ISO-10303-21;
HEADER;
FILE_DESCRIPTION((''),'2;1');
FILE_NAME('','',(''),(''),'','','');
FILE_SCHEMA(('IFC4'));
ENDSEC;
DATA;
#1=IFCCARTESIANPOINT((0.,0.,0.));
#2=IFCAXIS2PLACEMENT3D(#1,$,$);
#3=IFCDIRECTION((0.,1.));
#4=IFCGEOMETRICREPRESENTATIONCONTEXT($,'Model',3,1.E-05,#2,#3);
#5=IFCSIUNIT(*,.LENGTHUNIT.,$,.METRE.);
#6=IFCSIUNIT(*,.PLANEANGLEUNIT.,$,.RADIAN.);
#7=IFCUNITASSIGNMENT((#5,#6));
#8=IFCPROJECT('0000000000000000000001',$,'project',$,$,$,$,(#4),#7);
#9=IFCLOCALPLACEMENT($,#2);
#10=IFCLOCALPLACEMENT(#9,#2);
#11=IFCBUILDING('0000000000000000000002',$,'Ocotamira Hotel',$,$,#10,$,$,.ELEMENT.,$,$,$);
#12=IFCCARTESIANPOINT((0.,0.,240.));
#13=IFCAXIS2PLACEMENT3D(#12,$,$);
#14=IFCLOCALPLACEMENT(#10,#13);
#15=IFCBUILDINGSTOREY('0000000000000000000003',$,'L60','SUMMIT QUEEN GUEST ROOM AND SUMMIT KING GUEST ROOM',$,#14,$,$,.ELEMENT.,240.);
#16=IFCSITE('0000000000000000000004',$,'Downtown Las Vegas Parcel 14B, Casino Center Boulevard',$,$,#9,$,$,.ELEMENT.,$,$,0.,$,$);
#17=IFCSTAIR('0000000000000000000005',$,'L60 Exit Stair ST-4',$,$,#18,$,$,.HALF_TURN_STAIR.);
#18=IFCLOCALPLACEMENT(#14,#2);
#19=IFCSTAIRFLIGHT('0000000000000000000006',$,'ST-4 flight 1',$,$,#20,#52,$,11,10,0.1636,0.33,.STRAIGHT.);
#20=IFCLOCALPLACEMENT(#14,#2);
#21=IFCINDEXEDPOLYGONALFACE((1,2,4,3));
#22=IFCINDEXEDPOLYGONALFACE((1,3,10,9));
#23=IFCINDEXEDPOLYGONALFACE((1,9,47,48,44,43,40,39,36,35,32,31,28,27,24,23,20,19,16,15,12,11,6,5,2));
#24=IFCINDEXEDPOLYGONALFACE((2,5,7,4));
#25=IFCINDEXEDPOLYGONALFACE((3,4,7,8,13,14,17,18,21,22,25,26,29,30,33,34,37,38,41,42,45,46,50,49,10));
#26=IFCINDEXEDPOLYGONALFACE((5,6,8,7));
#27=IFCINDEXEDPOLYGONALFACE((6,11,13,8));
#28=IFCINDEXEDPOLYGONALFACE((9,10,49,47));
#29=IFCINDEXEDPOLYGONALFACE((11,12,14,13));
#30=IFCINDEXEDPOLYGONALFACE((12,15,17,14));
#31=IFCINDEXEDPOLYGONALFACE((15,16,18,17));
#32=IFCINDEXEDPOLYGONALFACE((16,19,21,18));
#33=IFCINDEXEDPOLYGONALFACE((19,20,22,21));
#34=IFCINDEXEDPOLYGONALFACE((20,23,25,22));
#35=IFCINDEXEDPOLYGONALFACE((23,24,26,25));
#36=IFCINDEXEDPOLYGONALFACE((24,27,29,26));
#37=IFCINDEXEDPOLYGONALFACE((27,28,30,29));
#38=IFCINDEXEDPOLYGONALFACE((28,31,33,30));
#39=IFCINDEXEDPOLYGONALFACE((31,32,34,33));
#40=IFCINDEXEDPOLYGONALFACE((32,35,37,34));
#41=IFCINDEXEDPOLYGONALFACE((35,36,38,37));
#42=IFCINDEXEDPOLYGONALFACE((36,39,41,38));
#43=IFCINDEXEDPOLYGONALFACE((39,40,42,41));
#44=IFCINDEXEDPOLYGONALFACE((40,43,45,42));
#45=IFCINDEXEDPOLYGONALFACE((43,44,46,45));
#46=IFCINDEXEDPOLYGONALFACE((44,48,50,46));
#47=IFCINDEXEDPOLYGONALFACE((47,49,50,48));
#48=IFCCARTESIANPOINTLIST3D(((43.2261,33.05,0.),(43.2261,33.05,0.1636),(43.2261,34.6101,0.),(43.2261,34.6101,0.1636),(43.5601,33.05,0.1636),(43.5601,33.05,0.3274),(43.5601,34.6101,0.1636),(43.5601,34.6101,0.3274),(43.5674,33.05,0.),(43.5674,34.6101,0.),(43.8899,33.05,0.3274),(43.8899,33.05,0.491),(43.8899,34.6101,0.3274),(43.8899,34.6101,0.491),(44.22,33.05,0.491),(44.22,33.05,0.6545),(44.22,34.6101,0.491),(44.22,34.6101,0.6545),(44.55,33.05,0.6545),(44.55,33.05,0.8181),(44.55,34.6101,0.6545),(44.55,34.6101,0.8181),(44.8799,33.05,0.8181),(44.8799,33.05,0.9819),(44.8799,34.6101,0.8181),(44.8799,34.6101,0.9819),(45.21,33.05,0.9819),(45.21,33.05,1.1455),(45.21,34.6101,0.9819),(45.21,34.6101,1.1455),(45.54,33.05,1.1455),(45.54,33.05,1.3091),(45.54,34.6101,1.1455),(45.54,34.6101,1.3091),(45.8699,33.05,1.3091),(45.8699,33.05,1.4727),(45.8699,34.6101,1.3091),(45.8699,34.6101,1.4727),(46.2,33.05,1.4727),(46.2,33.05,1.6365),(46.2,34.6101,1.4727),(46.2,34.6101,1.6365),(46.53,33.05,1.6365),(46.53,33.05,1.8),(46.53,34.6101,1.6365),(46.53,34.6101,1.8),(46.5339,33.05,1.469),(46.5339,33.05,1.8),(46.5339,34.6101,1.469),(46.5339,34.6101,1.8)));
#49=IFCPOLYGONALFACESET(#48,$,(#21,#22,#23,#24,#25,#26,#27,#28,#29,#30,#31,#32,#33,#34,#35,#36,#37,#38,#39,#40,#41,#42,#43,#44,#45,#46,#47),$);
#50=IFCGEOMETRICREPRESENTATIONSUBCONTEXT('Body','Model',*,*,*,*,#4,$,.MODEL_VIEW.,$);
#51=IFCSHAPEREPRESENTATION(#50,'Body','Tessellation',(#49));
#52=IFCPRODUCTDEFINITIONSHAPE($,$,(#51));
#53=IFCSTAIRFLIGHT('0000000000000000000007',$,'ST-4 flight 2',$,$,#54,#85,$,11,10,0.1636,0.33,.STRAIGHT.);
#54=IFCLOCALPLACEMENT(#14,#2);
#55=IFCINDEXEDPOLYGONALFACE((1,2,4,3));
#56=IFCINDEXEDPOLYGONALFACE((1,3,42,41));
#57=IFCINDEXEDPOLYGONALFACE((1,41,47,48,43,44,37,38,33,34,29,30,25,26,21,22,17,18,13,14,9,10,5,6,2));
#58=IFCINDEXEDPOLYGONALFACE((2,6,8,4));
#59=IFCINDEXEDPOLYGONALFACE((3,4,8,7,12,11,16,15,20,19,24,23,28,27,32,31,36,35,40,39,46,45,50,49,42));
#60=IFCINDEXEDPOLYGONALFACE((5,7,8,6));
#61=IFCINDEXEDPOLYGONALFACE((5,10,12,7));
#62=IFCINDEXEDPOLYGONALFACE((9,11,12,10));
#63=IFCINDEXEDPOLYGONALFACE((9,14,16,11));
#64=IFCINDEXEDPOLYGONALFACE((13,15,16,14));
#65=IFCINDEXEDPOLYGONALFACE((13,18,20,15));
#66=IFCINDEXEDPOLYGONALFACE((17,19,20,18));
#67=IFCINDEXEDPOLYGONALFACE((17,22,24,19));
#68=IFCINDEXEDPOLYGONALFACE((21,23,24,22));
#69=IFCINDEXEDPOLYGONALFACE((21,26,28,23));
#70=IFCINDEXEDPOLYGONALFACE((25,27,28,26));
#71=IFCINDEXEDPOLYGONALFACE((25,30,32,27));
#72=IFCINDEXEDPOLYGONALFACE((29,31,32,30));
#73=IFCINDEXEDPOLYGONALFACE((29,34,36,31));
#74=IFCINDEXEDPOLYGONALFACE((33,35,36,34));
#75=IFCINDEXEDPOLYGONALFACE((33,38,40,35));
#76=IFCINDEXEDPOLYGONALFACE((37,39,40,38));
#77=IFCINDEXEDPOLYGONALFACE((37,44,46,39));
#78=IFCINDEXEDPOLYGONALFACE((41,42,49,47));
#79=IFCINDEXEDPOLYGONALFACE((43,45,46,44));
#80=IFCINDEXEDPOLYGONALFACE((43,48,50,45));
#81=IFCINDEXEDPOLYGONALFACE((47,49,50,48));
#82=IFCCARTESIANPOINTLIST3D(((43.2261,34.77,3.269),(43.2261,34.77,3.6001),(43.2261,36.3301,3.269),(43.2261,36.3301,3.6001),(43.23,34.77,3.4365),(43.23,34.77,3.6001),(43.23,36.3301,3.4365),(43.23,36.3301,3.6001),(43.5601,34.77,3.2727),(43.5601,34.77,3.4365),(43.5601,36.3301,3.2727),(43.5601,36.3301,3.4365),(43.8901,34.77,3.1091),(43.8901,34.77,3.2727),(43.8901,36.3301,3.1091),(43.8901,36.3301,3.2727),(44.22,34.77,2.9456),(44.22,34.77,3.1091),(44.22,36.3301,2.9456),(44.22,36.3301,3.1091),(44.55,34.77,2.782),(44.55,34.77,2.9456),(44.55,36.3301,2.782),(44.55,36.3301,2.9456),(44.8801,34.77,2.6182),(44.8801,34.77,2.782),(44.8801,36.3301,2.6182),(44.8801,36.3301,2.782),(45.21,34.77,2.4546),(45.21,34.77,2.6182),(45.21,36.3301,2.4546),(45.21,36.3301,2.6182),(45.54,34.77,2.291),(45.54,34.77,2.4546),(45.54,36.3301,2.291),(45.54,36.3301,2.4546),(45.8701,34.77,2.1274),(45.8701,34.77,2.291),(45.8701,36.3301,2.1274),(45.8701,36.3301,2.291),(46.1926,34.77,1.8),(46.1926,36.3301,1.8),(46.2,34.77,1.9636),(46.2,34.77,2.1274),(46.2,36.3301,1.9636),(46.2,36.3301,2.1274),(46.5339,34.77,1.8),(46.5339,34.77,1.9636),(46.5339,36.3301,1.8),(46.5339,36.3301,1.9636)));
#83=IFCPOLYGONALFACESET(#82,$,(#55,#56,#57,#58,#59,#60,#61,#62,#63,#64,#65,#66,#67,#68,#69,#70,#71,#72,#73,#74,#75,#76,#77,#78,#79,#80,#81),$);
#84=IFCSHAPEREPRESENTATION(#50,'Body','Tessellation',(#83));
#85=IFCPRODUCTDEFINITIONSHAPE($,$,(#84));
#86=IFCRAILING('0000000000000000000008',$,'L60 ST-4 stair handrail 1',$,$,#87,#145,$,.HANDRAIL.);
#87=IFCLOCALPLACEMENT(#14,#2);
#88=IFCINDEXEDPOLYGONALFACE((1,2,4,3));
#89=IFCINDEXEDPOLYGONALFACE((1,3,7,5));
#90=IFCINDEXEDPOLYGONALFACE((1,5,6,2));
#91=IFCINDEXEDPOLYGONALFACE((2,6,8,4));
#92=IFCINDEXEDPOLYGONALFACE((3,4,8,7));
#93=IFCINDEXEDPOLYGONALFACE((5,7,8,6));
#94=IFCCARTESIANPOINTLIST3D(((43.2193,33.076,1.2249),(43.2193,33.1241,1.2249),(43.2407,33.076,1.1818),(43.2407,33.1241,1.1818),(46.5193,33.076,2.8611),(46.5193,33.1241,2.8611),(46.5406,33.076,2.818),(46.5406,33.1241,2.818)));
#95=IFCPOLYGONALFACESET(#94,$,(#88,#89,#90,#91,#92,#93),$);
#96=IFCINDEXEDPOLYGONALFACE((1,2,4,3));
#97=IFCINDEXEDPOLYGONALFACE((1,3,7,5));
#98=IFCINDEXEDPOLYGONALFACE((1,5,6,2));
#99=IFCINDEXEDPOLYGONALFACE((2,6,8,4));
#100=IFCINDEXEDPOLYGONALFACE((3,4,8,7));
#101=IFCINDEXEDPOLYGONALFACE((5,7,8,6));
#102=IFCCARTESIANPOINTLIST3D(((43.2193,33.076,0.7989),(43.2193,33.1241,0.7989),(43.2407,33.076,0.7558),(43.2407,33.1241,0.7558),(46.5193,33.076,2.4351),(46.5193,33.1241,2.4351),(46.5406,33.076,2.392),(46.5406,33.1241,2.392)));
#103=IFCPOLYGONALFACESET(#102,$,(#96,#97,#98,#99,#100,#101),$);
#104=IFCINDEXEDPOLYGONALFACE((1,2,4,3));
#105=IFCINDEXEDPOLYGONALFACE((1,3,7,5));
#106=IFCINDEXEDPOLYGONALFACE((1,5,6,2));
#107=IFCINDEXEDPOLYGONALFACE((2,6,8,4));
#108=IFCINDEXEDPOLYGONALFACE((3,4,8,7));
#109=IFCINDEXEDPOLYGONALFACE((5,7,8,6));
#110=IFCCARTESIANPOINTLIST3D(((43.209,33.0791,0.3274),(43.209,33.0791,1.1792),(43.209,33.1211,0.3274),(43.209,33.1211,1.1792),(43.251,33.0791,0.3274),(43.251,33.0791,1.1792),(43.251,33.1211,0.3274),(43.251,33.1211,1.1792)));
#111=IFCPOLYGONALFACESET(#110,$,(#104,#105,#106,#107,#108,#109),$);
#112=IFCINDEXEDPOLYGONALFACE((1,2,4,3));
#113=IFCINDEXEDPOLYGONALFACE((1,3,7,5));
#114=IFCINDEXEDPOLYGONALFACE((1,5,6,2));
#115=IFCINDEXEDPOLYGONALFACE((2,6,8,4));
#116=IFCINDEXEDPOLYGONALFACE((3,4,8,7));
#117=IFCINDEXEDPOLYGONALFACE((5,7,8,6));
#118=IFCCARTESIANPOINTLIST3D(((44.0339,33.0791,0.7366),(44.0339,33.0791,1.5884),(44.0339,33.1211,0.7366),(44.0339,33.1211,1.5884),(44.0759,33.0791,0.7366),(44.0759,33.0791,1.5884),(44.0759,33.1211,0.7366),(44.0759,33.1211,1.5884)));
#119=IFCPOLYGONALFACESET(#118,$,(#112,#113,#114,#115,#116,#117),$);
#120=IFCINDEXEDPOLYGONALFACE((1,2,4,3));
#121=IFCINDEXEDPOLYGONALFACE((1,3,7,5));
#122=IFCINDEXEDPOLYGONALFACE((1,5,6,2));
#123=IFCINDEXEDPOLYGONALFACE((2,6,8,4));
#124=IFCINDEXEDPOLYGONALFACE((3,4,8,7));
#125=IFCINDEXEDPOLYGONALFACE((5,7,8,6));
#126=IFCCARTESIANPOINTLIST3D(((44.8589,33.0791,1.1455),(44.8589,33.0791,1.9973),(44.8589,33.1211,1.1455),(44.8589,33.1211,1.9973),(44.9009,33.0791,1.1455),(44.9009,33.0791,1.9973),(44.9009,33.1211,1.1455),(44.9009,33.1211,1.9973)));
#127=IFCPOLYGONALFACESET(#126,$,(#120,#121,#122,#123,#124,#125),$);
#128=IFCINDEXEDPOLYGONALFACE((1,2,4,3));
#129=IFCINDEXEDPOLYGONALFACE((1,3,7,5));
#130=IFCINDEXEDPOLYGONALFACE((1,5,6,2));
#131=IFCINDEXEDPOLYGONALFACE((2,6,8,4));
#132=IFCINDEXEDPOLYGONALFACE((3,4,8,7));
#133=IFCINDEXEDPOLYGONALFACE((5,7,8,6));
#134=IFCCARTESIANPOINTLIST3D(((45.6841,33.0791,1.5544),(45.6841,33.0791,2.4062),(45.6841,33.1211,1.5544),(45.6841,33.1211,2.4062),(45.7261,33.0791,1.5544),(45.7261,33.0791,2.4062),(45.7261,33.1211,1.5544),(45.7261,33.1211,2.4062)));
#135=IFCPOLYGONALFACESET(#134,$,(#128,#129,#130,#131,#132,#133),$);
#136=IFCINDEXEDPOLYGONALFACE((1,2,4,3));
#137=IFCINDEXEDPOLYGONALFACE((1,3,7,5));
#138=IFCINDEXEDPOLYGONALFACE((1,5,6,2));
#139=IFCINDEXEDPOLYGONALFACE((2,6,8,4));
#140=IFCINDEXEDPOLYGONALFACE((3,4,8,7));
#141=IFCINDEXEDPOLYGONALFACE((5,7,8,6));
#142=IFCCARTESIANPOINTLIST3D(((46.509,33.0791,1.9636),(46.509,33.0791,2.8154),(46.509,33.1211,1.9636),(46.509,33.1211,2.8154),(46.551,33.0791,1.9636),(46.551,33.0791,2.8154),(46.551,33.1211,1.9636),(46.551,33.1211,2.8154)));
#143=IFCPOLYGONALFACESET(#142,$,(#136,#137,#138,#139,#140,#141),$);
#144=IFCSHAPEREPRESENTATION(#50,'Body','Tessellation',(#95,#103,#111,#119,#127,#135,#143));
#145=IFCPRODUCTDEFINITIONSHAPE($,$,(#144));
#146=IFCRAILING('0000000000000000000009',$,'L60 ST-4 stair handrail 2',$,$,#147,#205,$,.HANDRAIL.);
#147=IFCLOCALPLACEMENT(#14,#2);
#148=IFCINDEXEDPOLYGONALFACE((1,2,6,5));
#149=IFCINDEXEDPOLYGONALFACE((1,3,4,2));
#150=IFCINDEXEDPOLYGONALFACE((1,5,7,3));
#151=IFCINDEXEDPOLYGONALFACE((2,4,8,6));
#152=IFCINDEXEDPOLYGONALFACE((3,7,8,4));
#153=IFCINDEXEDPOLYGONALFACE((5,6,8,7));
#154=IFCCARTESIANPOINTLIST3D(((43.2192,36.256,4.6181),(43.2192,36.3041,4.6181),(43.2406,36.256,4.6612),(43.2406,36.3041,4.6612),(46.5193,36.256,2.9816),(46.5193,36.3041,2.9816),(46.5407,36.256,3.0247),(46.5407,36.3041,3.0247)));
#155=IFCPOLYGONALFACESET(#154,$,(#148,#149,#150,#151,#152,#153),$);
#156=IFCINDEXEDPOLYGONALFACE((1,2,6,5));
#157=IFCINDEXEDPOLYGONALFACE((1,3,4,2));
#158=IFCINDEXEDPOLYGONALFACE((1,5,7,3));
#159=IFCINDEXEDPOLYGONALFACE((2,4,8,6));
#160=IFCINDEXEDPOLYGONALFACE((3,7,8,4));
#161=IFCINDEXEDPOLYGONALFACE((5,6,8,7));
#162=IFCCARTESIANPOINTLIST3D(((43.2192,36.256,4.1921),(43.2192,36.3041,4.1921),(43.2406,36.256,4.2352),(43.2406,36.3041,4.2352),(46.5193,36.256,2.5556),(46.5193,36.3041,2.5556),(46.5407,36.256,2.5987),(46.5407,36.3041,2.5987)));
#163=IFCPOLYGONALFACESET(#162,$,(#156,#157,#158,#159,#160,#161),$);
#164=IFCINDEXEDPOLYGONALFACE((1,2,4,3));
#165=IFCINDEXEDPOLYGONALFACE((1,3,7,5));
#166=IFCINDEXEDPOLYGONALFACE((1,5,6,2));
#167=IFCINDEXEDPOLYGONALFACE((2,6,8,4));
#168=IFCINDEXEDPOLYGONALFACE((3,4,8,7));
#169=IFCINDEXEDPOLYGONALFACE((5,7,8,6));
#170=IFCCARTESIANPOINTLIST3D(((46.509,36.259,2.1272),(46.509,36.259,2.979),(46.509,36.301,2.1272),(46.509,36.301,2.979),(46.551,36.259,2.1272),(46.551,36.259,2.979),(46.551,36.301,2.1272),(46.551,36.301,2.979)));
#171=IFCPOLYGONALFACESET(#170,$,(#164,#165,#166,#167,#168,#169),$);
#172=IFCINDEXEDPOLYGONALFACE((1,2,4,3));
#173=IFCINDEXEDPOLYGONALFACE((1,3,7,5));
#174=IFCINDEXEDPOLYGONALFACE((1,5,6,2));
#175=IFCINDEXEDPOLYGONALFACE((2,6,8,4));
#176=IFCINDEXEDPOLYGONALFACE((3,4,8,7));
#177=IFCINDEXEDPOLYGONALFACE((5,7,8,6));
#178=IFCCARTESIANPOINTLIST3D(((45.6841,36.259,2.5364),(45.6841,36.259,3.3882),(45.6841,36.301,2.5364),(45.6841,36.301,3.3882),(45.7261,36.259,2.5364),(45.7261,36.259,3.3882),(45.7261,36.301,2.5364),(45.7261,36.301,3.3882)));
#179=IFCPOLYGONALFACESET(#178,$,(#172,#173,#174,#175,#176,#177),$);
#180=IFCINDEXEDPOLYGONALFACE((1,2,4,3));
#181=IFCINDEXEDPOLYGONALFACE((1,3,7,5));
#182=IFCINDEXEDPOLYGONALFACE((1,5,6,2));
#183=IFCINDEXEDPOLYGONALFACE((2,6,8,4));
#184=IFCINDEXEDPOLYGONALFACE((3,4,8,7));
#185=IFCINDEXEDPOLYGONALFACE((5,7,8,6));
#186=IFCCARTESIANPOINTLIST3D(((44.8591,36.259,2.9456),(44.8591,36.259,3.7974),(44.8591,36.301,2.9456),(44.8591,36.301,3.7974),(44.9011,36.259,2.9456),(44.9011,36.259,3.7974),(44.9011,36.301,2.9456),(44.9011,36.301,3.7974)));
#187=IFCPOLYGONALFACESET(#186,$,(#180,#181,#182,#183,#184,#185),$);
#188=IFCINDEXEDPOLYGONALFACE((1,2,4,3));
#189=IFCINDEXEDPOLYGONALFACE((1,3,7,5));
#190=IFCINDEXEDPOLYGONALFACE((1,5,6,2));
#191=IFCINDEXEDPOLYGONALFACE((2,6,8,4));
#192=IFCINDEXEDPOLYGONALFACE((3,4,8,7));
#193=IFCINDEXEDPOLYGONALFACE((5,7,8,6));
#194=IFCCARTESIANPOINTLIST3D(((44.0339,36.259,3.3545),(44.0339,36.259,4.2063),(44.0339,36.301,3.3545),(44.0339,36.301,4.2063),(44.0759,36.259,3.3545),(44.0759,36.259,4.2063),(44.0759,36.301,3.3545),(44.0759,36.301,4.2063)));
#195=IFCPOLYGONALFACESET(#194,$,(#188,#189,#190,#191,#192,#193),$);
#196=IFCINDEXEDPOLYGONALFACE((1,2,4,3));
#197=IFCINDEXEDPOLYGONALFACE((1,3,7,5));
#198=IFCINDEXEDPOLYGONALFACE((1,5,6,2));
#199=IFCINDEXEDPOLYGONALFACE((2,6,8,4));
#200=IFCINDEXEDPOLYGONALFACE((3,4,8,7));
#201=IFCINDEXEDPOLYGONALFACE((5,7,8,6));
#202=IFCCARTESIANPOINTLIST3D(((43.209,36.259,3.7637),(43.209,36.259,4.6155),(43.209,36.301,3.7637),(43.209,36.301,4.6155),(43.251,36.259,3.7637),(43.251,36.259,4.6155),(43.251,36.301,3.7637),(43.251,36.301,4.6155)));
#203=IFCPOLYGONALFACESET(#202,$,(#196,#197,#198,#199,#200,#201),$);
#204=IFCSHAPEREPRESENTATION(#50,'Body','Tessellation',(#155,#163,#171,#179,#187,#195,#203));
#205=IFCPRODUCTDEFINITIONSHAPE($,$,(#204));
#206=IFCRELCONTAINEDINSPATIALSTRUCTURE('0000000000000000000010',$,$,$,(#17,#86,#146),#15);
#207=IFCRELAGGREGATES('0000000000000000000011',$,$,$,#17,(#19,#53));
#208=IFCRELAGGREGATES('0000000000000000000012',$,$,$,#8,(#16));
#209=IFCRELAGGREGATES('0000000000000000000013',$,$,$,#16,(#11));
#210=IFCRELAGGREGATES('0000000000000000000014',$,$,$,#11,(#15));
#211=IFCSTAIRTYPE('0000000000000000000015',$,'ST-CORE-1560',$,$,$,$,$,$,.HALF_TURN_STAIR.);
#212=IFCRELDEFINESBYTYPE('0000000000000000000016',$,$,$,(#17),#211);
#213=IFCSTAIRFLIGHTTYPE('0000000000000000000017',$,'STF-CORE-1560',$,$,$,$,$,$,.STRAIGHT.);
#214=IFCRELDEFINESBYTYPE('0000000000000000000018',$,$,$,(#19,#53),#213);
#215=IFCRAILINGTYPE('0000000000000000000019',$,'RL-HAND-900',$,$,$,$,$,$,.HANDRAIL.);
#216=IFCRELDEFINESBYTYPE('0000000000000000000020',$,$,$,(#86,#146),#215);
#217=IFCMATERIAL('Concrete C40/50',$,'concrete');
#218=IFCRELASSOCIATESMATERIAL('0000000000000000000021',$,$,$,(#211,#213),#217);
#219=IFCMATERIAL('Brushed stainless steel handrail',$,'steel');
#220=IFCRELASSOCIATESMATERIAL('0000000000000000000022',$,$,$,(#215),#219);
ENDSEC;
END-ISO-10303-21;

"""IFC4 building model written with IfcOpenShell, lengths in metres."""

from ifc_helpers import new_model, si_unit, direction, frame, origin, origin_2d, place, context, subcontext, project, spatial, polyline, rectangle, outline, extrude, source, transform, mapped, material, type_object, element, aggregate, save


model = new_model("IFC4")

# Units and contexts
model_context = context("Model", 3, precision=1e-05, world=origin(), true_north=direction((0.0, 1.0)))
body_context = subcontext(model_context, "Body", "Model", "MODEL_VIEW")
ifc_project = project(units=[si_unit("LENGTHUNIT", "METRE"), si_unit("PLANEANGLEUNIT", "RADIAN")], contexts=[model_context])

# Site, building, storey
site_placement = place(None, origin())
site = spatial("IfcSite", under=ifc_project, at=site_placement, Name="Downtown Las Vegas Parcel 14B, Casino Center Boulevard", CompositionType="ELEMENT", RefElevation=0.0)
building_placement = place(site_placement, origin())
building = spatial("IfcBuilding", under=site, at=building_placement, Name="Ocotamira Hotel", CompositionType="ELEMENT")
storey_placement = place(building_placement, frame((0.0, 0.0, 240.0)))
storey = spatial("IfcBuildingStorey", under=building, at=storey_placement, Name="L60", Description="SUMMIT QUEEN GUEST ROOM AND SUMMIT KING GUEST ROOM", CompositionType="ELEMENT", Elevation=240.0)

# Stair, stair flights
ifc_material_1 = material(Name="Concrete C40/50", Category="concrete")
stair_type = type_object("IfcStairType", Name="ST-CORE-1560", PredefinedType="HALF_TURN_STAIR", material=ifc_material_1)
stair_placement = place(storey_placement, origin())
stair = element("IfcStair", 1, at=stair_placement, inside=storey, type_object=stair_type, Name="L60 Exit Stair ST-4", PredefinedType="HALF_TURN_STAIR")
stair_flight_type = type_object("IfcStairFlightType", Name="STF-CORE-1560", PredefinedType="STRAIGHT", material=ifc_material_1)
shared_shape_1 = source(origin(), body_context, "Body", "SweptSolid", [
    extrude(outline(polyline([(-0.0039, 0.0), (-0.0039, 0.1636), (0.3301, 0.1636), (0.3301, 0.3274), (0.6599, 0.3274), (0.6599, 0.491), (0.99, 0.491), (0.99, 0.6545), (1.3201, 0.6545), (1.3201, 0.8181), (1.6499, 0.8181), (1.6499, 0.9819), (1.98, 0.9819), (1.98, 1.1455), (2.3101, 1.1455), (2.3101, 1.3091), (2.6399, 1.3091), (2.6399, 1.4727), (2.97, 1.4727), (2.97, 1.6365), (3.3, 1.6365), (3.3, 1.8), (3.304, 1.8), (3.304, 1.469), (0.3374, 0.0), (-0.0039, 0.0)])), frame((0.0, 0.78, 0.0), z_axis=(0.0, -1.0, 0.0), x_axis=(1.0, 0.0, 0.0)), (0.0, 0.0, 1.0), 1.5601),
])
stair_flight_1_placement = place(storey_placement, frame((43.23, 33.8301, 0.0), z_axis=(0.0, 0.0, 1.0), x_axis=(1.0, 0.0, 0.0)))
stair_flight_1 = element("IfcStairFlight", 2, at=stair_flight_1_placement, type_object=stair_flight_type, Name="ST-4 flight 1", NumberOfRisers=11, NumberOfTreads=10, PredefinedType="STRAIGHT", RiserHeight=0.1636, TreadLength=0.33, context=body_context, shape_type="MappedRepresentation", body=[
    mapped(shared_shape_1, transform((0.0, 0.0, 0.0), scale=1.0)),
])
stair_flight_2_placement = place(storey_placement, frame((46.53, 35.55, 1.8), z_axis=(0.0, 0.0, 1.0), x_axis=(-1.0, 0.0, 0.0)))
stair_flight_2 = element("IfcStairFlight", 3, at=stair_flight_2_placement, type_object=stair_flight_type, Name="ST-4 flight 2", NumberOfRisers=11, NumberOfTreads=10, PredefinedType="STRAIGHT", RiserHeight=0.1636, TreadLength=0.33, context=body_context, shape_type="MappedRepresentation", body=[
    mapped(shared_shape_1, transform((0.0, 0.0, 0.0), scale=1.0)),
])
aggregate(stair, [stair_flight_1, stair_flight_2])

# Railings
ifc_material_2 = material(Name="Brushed stainless steel handrail", Category="steel")
railing_type_1 = type_object("IfcRailingType", Name="RL-HAND-900", PredefinedType="HANDRAIL", material=ifc_material_2)
railing_1_placement = place(storey_placement, frame((43.23, 33.1001, 0.3274)))
element("IfcRailing", 4, at=railing_1_placement, inside=storey, type_object=railing_type_1, Name="L60 ST-4 stair handrail 1", PredefinedType="HANDRAIL", context=body_context, shape_type="SweptSolid", body=[
    extrude(rectangle(XDim=0.0481, YDim=0.0481, at=origin_2d()), frame((0.0, 0.0, 0.876), z_axis=(0.89592, 0.0, 0.444215), x_axis=(0.0, 1.0, 0.0)), (0.0, 0.0, 1.0), 3.6833),
    extrude(rectangle(XDim=0.0481, YDim=0.0481, at=origin_2d()), frame((0.0, 0.0, 0.45), z_axis=(0.89592, 0.0, 0.444215), x_axis=(0.0, 1.0, 0.0)), (0.0, 0.0, 1.0), 3.6833),
    extrude(rectangle(XDim=0.042, YDim=0.042, at=origin_2d()), origin(), (0.0, 0.0, 1.0), 0.8518),
    extrude(rectangle(XDim=0.042, YDim=0.042, at=origin_2d()), frame((0.825, 0.0, 0.4092)), (0.0, 0.0, 1.0), 0.8518),
    extrude(rectangle(XDim=0.042, YDim=0.042, at=origin_2d()), frame((1.6499, 0.0, 0.8181)), (0.0, 0.0, 1.0), 0.8518),
    extrude(rectangle(XDim=0.042, YDim=0.042, at=origin_2d()), frame((2.4751, 0.0, 1.2271)), (0.0, 0.0, 1.0), 0.8518),
    extrude(rectangle(XDim=0.042, YDim=0.042, at=origin_2d()), frame((3.3, 0.0, 1.6362)), (0.0, 0.0, 1.0), 0.8518),
])
railing_2_placement = place(storey_placement, frame((46.53, 36.28, 2.1272)))
element("IfcRailing", 5, at=railing_2_placement, inside=storey, type_object=railing_type_1, Name="L60 ST-4 stair handrail 2", PredefinedType="HANDRAIL", context=body_context, shape_type="SweptSolid", body=[
    extrude(rectangle(XDim=0.0481, YDim=0.0481, at=origin_2d()), frame((0.0, 0.0, 0.876), z_axis=(-0.895894, 0.0, 0.444268), x_axis=(0.0, -1.0, 0.0)), (0.0, 0.0, 1.0), 3.6836),
    extrude(rectangle(XDim=0.0481, YDim=0.0481, at=origin_2d()), frame((0.0, 0.0, 0.45), z_axis=(-0.895894, 0.0, 0.444268), x_axis=(0.0, -1.0, 0.0)), (0.0, 0.0, 1.0), 3.6836),
    extrude(rectangle(XDim=0.042, YDim=0.042, at=origin_2d()), origin(), (0.0, 0.0, 1.0), 0.8518),
    extrude(rectangle(XDim=0.042, YDim=0.042, at=origin_2d()), frame((-0.825, 0.0, 0.4092)), (0.0, 0.0, 1.0), 0.8518),
    extrude(rectangle(XDim=0.042, YDim=0.042, at=origin_2d()), frame((-1.6499, 0.0, 0.8184)), (0.0, 0.0, 1.0), 0.8518),
    extrude(rectangle(XDim=0.042, YDim=0.042, at=origin_2d()), frame((-2.4751, 0.0, 1.2273)), (0.0, 0.0, 1.0), 0.8518),
    extrude(rectangle(XDim=0.042, YDim=0.042, at=origin_2d()), frame((-3.3, 0.0, 1.6365)), (0.0, 0.0, 1.0), 0.8518),
])

save(model, "model.ifc")
